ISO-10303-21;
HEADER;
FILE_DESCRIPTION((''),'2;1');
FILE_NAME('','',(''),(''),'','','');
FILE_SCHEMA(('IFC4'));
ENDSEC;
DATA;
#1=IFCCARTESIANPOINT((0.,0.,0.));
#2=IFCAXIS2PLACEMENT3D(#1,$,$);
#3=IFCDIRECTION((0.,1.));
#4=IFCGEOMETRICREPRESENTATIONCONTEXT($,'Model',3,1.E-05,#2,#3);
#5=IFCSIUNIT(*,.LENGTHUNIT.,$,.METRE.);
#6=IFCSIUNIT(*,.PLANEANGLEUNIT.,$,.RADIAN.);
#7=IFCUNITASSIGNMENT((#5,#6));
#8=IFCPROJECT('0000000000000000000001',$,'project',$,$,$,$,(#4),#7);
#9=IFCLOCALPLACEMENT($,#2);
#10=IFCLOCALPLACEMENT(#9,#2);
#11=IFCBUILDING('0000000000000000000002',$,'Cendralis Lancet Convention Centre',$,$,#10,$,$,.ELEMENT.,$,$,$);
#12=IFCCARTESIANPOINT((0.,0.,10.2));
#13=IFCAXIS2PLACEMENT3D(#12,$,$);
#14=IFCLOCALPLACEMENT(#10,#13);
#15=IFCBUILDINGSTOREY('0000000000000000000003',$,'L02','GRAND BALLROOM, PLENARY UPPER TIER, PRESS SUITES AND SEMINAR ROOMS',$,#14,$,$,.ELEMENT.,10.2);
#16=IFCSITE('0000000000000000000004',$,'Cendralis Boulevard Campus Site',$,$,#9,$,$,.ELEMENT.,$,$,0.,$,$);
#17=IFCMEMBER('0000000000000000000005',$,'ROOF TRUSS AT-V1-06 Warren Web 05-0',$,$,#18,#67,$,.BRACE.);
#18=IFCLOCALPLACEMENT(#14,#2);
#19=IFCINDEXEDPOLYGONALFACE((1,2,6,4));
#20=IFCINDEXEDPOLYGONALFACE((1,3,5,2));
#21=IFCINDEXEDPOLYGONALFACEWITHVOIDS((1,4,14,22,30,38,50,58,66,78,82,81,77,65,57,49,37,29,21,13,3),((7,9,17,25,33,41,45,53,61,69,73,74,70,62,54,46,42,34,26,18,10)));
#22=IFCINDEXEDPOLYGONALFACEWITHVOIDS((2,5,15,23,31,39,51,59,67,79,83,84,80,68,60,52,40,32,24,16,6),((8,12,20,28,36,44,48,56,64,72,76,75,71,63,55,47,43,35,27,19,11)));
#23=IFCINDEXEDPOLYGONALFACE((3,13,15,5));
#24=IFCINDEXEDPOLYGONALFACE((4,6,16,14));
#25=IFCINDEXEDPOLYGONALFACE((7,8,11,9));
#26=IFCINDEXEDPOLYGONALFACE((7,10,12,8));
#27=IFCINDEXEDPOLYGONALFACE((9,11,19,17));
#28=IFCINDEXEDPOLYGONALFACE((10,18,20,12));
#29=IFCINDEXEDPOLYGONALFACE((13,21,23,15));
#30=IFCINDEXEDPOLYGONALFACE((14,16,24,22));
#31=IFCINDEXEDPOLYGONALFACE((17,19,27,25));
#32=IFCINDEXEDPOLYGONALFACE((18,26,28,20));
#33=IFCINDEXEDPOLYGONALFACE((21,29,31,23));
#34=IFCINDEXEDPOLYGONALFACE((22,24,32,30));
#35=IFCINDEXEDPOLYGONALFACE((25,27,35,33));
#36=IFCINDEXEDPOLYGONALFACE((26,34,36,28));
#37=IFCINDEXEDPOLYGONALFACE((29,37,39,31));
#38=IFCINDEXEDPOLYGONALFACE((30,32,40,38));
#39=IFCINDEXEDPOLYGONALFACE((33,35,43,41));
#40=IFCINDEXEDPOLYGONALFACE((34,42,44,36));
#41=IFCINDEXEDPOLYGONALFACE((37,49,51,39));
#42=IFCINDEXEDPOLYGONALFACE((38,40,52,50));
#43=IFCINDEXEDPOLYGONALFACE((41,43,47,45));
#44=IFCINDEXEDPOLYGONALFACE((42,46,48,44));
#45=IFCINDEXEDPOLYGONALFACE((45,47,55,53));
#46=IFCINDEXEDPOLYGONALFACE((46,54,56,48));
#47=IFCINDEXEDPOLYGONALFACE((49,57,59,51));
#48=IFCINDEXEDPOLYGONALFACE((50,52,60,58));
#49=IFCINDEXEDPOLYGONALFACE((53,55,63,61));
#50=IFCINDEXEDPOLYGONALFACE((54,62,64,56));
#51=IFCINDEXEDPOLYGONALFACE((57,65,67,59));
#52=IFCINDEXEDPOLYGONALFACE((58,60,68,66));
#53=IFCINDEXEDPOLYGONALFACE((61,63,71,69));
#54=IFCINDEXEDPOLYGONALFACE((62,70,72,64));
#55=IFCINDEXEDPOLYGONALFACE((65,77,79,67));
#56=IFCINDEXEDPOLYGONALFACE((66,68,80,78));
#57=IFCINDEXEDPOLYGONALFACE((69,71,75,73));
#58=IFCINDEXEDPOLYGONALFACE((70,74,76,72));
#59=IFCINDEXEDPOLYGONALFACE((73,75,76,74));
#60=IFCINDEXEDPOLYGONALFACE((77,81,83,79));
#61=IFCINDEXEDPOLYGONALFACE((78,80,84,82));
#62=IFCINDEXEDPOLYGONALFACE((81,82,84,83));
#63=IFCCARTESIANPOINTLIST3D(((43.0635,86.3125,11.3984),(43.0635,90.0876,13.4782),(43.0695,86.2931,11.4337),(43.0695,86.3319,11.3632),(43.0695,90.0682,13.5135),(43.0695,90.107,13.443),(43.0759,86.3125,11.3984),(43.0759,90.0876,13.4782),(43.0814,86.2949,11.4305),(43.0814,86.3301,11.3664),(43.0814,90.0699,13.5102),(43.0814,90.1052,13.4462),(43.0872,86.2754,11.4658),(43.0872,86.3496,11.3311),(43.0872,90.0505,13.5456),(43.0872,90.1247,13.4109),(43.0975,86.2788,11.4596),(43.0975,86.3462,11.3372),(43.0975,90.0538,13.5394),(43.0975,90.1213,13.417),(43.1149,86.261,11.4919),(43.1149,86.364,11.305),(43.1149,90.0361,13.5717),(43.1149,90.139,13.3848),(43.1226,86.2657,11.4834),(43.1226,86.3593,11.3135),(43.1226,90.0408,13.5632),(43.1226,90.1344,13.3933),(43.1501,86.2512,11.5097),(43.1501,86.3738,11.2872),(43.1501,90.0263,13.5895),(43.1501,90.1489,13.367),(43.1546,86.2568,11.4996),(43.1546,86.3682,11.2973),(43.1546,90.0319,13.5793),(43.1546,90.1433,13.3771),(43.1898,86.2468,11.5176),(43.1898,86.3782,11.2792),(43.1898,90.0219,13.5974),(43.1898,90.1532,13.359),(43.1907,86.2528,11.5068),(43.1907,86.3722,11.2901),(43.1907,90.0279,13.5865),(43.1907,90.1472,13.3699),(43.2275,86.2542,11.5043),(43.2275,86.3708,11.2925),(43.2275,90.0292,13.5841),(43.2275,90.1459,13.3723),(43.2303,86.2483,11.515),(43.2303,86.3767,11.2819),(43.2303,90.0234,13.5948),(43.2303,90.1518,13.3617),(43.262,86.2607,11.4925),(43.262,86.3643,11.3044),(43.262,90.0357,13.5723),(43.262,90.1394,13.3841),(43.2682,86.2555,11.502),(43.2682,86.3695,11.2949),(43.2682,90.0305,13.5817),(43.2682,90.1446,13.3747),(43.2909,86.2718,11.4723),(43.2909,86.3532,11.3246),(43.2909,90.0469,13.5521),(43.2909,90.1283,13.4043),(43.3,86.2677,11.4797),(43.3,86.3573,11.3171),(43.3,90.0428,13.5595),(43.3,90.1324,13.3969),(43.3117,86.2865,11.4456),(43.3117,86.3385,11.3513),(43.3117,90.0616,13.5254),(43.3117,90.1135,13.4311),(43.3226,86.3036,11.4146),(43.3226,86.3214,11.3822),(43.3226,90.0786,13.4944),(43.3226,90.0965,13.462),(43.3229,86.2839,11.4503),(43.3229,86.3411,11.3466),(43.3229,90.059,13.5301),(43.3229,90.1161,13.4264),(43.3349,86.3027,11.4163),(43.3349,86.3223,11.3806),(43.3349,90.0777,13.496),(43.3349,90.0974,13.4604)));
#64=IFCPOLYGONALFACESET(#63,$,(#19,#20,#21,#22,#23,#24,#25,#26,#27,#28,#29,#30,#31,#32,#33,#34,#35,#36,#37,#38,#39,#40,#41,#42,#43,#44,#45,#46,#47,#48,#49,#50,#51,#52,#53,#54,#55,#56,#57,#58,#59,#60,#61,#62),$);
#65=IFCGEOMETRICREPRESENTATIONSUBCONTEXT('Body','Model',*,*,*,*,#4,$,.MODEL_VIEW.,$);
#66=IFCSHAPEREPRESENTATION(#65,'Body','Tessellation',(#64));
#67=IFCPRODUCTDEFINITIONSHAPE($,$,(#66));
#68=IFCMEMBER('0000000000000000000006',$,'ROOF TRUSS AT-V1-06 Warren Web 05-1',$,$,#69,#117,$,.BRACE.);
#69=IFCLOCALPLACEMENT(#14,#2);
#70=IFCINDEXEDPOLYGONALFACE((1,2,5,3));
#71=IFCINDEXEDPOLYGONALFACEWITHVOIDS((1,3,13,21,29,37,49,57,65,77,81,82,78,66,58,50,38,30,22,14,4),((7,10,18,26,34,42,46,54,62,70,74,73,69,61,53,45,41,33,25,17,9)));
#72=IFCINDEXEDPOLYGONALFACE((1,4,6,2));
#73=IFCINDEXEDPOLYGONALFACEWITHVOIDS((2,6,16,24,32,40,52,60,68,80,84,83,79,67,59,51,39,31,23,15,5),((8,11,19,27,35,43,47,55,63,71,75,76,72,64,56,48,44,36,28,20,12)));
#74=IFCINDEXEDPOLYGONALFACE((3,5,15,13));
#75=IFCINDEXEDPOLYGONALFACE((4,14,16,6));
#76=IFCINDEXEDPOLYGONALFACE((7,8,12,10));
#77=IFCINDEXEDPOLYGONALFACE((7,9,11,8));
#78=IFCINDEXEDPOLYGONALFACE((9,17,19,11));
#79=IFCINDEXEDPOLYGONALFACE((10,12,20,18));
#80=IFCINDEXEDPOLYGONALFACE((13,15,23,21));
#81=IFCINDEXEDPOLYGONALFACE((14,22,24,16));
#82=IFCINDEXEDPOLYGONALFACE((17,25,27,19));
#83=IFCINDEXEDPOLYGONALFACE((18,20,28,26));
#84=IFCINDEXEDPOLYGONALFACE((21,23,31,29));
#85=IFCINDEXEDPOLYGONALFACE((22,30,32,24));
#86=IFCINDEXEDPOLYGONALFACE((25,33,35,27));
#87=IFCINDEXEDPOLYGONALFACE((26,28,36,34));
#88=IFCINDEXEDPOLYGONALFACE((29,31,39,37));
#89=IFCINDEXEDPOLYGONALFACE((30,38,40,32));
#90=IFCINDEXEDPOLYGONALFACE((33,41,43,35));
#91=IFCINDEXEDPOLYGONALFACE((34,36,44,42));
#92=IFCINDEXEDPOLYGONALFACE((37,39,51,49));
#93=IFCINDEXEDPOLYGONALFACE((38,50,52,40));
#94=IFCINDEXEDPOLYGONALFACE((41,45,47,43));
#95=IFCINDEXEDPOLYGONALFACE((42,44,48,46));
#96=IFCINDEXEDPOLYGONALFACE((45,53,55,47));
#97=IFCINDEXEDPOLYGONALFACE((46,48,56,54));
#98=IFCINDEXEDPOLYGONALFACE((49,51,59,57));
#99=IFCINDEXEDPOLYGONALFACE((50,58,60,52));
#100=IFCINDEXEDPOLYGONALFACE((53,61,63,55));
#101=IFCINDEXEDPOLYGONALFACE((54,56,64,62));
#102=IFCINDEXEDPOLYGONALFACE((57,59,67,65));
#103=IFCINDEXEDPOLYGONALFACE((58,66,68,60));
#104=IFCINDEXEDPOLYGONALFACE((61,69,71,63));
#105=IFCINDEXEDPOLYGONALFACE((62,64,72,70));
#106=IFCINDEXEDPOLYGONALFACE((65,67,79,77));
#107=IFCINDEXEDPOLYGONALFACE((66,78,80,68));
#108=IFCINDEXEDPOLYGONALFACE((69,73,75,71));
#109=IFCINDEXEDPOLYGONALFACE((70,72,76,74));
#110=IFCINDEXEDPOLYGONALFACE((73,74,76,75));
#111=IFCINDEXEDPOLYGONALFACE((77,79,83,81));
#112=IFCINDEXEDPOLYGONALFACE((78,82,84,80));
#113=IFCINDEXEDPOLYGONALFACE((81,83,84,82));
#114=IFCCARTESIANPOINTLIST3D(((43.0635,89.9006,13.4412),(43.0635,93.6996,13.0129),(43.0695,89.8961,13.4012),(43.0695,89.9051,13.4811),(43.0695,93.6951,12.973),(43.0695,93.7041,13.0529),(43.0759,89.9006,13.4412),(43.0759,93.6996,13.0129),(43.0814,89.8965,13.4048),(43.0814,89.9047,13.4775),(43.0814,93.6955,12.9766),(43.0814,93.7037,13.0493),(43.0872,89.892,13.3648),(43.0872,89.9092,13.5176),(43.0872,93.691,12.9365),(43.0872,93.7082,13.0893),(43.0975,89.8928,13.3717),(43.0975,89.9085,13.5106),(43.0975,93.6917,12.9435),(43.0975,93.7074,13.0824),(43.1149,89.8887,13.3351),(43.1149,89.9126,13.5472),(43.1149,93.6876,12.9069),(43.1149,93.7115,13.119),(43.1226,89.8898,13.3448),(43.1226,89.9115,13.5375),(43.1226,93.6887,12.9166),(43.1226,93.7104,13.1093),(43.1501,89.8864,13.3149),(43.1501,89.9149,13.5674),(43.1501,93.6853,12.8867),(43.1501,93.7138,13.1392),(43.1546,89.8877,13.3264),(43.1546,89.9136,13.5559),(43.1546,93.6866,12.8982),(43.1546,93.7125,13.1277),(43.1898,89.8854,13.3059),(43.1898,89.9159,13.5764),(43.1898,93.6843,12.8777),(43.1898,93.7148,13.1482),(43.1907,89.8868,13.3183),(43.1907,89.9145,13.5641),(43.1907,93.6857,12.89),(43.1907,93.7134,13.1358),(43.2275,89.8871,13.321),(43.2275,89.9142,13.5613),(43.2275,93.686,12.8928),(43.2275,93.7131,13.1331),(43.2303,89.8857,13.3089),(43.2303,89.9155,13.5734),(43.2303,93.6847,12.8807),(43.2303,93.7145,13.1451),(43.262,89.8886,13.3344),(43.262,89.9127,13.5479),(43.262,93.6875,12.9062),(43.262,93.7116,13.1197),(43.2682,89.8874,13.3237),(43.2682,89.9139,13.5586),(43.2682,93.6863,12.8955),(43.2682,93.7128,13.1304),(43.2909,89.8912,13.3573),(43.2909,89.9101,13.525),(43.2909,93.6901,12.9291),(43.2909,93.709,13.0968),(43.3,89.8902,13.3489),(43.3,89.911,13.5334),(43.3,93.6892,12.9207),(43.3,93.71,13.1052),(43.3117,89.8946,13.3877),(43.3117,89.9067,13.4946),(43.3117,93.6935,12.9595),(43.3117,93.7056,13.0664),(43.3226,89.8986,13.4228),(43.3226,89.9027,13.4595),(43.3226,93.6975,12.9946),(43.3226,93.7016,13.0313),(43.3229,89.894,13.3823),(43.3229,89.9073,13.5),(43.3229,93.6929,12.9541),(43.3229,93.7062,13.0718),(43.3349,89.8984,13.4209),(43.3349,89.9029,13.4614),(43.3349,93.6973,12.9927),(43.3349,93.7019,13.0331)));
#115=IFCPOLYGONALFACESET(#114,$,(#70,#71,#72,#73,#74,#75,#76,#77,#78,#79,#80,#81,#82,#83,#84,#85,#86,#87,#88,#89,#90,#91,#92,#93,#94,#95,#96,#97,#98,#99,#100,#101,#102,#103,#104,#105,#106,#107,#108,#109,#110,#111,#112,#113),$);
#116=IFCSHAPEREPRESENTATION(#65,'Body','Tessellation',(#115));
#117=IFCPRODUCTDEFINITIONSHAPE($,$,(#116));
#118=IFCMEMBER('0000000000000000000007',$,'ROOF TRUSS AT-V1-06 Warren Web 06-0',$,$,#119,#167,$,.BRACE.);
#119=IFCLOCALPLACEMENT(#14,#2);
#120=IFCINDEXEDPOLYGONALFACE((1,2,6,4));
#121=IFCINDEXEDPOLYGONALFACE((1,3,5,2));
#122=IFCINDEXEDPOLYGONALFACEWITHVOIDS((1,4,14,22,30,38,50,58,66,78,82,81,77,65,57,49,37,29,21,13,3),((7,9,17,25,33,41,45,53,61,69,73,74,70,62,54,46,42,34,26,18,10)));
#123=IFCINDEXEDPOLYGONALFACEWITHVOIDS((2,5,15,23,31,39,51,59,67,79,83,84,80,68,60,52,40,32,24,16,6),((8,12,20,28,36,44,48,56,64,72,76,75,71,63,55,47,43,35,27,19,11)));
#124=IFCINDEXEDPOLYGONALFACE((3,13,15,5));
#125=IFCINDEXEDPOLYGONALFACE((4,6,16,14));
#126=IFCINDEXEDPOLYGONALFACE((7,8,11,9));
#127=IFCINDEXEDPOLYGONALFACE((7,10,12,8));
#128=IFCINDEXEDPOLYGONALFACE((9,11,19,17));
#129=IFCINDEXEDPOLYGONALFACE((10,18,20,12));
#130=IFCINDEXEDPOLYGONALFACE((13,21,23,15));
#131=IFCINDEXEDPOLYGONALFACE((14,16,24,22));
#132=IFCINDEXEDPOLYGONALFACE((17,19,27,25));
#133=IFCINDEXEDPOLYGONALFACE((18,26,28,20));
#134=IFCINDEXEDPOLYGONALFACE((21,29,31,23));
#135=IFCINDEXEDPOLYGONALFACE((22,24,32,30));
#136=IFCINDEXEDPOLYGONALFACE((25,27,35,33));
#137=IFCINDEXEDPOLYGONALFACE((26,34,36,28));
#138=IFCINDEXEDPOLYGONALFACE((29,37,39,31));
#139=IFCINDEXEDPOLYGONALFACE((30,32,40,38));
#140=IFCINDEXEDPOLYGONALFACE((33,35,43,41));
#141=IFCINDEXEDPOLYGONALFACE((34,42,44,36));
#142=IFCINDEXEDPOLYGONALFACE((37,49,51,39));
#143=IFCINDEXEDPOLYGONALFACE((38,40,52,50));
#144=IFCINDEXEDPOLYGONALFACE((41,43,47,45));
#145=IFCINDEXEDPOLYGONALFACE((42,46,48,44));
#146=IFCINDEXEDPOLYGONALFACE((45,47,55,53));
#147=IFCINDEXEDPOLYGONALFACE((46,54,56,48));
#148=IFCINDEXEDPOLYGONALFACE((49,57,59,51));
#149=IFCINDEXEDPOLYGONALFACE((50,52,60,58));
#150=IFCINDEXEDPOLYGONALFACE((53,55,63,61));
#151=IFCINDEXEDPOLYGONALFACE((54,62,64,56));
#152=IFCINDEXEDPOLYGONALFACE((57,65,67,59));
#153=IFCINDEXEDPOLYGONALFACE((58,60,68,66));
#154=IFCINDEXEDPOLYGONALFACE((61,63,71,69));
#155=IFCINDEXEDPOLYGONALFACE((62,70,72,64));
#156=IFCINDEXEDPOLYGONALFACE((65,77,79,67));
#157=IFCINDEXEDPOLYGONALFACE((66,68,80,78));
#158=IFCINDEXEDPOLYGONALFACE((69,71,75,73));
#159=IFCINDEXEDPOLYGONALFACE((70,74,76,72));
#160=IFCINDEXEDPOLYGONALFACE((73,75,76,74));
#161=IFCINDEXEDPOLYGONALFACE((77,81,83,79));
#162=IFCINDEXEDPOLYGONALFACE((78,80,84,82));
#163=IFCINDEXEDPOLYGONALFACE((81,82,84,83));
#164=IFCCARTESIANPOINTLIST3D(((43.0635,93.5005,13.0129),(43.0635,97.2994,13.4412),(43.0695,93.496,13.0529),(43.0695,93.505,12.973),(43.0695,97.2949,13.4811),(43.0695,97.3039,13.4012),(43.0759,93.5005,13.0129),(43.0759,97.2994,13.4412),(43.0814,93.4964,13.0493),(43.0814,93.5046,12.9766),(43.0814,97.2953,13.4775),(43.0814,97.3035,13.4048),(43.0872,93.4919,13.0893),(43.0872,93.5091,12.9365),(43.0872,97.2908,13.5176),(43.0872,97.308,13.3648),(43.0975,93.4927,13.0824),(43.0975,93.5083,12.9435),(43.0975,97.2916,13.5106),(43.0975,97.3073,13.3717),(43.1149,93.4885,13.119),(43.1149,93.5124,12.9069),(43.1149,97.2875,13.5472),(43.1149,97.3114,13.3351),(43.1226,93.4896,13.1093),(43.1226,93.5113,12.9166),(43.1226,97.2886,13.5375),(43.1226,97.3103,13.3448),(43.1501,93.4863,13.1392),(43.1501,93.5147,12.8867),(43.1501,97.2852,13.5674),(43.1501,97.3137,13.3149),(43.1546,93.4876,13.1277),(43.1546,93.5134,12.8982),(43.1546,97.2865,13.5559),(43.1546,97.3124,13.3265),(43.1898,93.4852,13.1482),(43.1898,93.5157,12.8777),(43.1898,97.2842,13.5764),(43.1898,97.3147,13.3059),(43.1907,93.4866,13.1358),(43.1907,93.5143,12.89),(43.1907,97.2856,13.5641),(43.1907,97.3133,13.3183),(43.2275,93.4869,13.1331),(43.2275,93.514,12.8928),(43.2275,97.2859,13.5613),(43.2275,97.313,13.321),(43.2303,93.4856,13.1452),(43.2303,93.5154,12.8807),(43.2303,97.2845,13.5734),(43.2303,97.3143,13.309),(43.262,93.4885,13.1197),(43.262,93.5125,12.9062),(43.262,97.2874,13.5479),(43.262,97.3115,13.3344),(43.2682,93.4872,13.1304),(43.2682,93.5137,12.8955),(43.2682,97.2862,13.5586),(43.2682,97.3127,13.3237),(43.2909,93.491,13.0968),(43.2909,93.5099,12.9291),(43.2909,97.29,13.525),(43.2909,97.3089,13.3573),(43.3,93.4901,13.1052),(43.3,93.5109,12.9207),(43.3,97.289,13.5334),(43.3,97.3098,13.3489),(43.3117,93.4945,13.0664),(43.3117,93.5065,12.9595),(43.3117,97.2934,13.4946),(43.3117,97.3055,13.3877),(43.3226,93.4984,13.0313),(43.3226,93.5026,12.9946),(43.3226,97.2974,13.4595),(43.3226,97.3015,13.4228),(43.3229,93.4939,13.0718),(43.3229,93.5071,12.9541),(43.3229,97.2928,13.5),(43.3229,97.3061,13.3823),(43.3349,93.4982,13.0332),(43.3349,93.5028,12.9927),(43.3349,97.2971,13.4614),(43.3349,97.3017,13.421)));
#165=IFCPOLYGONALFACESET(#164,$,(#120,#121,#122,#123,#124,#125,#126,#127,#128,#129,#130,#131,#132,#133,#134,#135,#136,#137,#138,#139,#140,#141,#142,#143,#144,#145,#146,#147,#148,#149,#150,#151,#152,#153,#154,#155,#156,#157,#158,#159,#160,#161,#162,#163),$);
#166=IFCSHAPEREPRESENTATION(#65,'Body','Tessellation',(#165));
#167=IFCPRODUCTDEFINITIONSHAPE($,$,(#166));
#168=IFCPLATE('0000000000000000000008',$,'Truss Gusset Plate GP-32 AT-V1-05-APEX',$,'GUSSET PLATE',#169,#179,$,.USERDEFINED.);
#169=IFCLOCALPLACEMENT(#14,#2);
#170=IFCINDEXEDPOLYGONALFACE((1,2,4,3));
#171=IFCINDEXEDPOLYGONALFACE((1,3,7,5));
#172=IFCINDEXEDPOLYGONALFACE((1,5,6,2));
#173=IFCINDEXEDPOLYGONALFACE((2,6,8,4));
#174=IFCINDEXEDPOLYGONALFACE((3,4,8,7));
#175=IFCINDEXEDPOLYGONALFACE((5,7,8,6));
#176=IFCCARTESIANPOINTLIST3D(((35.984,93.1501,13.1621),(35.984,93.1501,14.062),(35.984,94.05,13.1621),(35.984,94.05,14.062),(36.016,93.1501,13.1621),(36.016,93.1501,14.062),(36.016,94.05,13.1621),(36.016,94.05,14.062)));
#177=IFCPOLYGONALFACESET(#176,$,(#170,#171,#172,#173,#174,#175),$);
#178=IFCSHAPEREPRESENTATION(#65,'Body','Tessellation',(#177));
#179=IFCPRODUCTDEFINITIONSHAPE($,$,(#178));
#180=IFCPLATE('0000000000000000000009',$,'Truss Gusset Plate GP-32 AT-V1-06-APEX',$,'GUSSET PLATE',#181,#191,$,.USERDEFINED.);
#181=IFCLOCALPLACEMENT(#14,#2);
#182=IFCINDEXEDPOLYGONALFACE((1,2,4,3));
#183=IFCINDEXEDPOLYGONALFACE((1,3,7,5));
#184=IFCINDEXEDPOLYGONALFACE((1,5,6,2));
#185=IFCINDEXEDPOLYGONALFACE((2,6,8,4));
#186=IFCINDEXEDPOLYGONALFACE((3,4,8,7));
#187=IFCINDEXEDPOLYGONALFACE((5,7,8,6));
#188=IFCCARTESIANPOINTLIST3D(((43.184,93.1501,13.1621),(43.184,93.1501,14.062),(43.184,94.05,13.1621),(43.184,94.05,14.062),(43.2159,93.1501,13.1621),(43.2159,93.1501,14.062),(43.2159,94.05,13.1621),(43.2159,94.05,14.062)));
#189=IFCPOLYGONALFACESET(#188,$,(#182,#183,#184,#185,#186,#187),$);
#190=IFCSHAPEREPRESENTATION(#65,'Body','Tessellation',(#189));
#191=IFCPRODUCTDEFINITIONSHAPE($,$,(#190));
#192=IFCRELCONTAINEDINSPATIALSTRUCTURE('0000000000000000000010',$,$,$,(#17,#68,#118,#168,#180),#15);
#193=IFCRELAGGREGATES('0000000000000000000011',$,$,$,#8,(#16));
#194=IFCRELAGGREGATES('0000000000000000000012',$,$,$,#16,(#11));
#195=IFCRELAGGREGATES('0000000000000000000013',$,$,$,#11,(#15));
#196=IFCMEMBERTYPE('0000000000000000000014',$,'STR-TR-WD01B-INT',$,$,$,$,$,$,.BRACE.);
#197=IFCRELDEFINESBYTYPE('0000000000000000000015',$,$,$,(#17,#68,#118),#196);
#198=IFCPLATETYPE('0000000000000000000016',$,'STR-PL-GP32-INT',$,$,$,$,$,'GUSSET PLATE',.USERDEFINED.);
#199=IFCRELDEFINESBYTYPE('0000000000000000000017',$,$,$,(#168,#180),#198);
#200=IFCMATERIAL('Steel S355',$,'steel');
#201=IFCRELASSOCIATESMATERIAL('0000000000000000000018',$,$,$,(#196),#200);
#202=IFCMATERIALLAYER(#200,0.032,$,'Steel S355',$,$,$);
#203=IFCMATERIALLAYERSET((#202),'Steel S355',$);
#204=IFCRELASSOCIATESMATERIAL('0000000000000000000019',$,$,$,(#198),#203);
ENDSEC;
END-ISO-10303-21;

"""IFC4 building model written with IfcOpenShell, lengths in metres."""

from ifc_helpers import new_model, si_unit, direction, frame, origin, origin_2d, place, context, subcontext, project, spatial, rectangle, hollow_circle, extrude, material, layer, layer_set, material_profile, profile_set, type_object, element, save


model = new_model("IFC4")

# Units and contexts
model_context = context("Model", 3, precision=1e-05, world=origin(), true_north=direction((0.0, 1.0)))
body_context = subcontext(model_context, "Body", "Model", "MODEL_VIEW")
ifc_project = project(units=[si_unit("LENGTHUNIT", "METRE"), si_unit("PLANEANGLEUNIT", "RADIAN")], contexts=[model_context])

# Site, building, storey
site_placement = place(None, origin())
site = spatial("IfcSite", under=ifc_project, at=site_placement, Name="Cendralis Boulevard Campus Site", CompositionType="ELEMENT", RefElevation=0.0)
building_placement = place(site_placement, origin())
building = spatial("IfcBuilding", under=site, at=building_placement, Name="Cendralis Lancet Convention Centre", CompositionType="ELEMENT")
storey_placement = place(building_placement, frame((0.0, 0.0, 10.2)))
storey = spatial("IfcBuildingStorey", under=building, at=storey_placement, Name="L02", Description="GRAND BALLROOM, PLENARY UPPER TIER, PRESS SUITES AND SEMINAR ROOMS", CompositionType="ELEMENT", Elevation=10.2)

# Members
ifc_material = material(Name="Steel S355", Category="steel")
ifc_material_profile_1 = material_profile(ifc_material, hollow_circle(Radius=0.1365, WallThickness=0.0125, at=origin_2d()), Name="CHS 273.0x12.5")
ifc_profile_set_1 = profile_set([ifc_material_profile_1], Name="Steel S355")
member_type_1 = type_object("IfcMemberType", Name="STR-TR-WD01B-INT", PredefinedType="BRACE", material=ifc_profile_set_1)
member_1_placement = place(storey_placement, frame((43.2, 86.3125, 11.3984), z_axis=(0.0, 0.875872, 0.482543), x_axis=(-1.0, 0.0, 0.0)))
element("IfcMember", 1, at=member_1_placement, inside=storey, type_object=member_type_1, Name="ROOF TRUSS AT-V1-06 Warren Web 05-0", PredefinedType="BRACE", context=body_context, shape_type="SweptSolid", body=[
    extrude(hollow_circle(Radius=0.1365, WallThickness=0.0125, at=origin_2d()), origin(), (0.0, 0.0, 1.0), 4.3101),
])
for number, where, z_axis, x_axis, name in (
    (2, (43.2, 89.9006, 13.4412), (0.0, 0.993706, -0.112015), (-1.0, 0.0, 0.0), "ROOF TRUSS AT-V1-06 Warren Web 05-1"),
    (3, (43.2, 93.5005, 13.0129), (0.0, 0.993706, 0.112015), (-1.0, 0.0, 0.0), "ROOF TRUSS AT-V1-06 Warren Web 06-0"),
):
    element("IfcMember", number, at=place(storey_placement, frame(where, z_axis=z_axis, x_axis=x_axis)), inside=storey, type_object=member_type_1, Name=name, PredefinedType="BRACE", context=body_context, shape_type="SweptSolid", body=[
        extrude(hollow_circle(Radius=0.1365, WallThickness=0.0125, at=origin_2d()), origin(), (0.0, 0.0, 1.0), 3.823),
    ])

# Plates
ifc_layer = layer(ifc_material, 0.032, Name="Steel S355")
ifc_layer_set = layer_set([ifc_layer], Name="Steel S355")
plate_type = type_object("IfcPlateType", Name="STR-PL-GP32-INT", ElementType="GUSSET PLATE", PredefinedType="USERDEFINED", material=ifc_layer_set)
for number, where, z_axis, x_axis, name in (
    (4, (36.0, 93.6001, 13.1621), (0.0, 0.0, 1.0), (0.0, 1.0, 0.0), "Truss Gusset Plate GP-32 AT-V1-05-APEX"),
    (5, (43.2, 93.6001, 13.1621), (0.0, 0.0, 1.0), (0.0, 1.0, 0.0), "Truss Gusset Plate GP-32 AT-V1-06-APEX"),
):
    element("IfcPlate", number, at=place(storey_placement, frame(where, z_axis=z_axis, x_axis=x_axis)), inside=storey, type_object=plate_type, Name=name, ObjectType="GUSSET PLATE", PredefinedType="USERDEFINED", context=body_context, shape_type="SweptSolid", body=[
        extrude(rectangle(XDim=0.8999, YDim=0.032, at=origin_2d()), origin(), (0.0, 0.0, 1.0), 0.8999),
    ])

save(model, "model.ifc")
